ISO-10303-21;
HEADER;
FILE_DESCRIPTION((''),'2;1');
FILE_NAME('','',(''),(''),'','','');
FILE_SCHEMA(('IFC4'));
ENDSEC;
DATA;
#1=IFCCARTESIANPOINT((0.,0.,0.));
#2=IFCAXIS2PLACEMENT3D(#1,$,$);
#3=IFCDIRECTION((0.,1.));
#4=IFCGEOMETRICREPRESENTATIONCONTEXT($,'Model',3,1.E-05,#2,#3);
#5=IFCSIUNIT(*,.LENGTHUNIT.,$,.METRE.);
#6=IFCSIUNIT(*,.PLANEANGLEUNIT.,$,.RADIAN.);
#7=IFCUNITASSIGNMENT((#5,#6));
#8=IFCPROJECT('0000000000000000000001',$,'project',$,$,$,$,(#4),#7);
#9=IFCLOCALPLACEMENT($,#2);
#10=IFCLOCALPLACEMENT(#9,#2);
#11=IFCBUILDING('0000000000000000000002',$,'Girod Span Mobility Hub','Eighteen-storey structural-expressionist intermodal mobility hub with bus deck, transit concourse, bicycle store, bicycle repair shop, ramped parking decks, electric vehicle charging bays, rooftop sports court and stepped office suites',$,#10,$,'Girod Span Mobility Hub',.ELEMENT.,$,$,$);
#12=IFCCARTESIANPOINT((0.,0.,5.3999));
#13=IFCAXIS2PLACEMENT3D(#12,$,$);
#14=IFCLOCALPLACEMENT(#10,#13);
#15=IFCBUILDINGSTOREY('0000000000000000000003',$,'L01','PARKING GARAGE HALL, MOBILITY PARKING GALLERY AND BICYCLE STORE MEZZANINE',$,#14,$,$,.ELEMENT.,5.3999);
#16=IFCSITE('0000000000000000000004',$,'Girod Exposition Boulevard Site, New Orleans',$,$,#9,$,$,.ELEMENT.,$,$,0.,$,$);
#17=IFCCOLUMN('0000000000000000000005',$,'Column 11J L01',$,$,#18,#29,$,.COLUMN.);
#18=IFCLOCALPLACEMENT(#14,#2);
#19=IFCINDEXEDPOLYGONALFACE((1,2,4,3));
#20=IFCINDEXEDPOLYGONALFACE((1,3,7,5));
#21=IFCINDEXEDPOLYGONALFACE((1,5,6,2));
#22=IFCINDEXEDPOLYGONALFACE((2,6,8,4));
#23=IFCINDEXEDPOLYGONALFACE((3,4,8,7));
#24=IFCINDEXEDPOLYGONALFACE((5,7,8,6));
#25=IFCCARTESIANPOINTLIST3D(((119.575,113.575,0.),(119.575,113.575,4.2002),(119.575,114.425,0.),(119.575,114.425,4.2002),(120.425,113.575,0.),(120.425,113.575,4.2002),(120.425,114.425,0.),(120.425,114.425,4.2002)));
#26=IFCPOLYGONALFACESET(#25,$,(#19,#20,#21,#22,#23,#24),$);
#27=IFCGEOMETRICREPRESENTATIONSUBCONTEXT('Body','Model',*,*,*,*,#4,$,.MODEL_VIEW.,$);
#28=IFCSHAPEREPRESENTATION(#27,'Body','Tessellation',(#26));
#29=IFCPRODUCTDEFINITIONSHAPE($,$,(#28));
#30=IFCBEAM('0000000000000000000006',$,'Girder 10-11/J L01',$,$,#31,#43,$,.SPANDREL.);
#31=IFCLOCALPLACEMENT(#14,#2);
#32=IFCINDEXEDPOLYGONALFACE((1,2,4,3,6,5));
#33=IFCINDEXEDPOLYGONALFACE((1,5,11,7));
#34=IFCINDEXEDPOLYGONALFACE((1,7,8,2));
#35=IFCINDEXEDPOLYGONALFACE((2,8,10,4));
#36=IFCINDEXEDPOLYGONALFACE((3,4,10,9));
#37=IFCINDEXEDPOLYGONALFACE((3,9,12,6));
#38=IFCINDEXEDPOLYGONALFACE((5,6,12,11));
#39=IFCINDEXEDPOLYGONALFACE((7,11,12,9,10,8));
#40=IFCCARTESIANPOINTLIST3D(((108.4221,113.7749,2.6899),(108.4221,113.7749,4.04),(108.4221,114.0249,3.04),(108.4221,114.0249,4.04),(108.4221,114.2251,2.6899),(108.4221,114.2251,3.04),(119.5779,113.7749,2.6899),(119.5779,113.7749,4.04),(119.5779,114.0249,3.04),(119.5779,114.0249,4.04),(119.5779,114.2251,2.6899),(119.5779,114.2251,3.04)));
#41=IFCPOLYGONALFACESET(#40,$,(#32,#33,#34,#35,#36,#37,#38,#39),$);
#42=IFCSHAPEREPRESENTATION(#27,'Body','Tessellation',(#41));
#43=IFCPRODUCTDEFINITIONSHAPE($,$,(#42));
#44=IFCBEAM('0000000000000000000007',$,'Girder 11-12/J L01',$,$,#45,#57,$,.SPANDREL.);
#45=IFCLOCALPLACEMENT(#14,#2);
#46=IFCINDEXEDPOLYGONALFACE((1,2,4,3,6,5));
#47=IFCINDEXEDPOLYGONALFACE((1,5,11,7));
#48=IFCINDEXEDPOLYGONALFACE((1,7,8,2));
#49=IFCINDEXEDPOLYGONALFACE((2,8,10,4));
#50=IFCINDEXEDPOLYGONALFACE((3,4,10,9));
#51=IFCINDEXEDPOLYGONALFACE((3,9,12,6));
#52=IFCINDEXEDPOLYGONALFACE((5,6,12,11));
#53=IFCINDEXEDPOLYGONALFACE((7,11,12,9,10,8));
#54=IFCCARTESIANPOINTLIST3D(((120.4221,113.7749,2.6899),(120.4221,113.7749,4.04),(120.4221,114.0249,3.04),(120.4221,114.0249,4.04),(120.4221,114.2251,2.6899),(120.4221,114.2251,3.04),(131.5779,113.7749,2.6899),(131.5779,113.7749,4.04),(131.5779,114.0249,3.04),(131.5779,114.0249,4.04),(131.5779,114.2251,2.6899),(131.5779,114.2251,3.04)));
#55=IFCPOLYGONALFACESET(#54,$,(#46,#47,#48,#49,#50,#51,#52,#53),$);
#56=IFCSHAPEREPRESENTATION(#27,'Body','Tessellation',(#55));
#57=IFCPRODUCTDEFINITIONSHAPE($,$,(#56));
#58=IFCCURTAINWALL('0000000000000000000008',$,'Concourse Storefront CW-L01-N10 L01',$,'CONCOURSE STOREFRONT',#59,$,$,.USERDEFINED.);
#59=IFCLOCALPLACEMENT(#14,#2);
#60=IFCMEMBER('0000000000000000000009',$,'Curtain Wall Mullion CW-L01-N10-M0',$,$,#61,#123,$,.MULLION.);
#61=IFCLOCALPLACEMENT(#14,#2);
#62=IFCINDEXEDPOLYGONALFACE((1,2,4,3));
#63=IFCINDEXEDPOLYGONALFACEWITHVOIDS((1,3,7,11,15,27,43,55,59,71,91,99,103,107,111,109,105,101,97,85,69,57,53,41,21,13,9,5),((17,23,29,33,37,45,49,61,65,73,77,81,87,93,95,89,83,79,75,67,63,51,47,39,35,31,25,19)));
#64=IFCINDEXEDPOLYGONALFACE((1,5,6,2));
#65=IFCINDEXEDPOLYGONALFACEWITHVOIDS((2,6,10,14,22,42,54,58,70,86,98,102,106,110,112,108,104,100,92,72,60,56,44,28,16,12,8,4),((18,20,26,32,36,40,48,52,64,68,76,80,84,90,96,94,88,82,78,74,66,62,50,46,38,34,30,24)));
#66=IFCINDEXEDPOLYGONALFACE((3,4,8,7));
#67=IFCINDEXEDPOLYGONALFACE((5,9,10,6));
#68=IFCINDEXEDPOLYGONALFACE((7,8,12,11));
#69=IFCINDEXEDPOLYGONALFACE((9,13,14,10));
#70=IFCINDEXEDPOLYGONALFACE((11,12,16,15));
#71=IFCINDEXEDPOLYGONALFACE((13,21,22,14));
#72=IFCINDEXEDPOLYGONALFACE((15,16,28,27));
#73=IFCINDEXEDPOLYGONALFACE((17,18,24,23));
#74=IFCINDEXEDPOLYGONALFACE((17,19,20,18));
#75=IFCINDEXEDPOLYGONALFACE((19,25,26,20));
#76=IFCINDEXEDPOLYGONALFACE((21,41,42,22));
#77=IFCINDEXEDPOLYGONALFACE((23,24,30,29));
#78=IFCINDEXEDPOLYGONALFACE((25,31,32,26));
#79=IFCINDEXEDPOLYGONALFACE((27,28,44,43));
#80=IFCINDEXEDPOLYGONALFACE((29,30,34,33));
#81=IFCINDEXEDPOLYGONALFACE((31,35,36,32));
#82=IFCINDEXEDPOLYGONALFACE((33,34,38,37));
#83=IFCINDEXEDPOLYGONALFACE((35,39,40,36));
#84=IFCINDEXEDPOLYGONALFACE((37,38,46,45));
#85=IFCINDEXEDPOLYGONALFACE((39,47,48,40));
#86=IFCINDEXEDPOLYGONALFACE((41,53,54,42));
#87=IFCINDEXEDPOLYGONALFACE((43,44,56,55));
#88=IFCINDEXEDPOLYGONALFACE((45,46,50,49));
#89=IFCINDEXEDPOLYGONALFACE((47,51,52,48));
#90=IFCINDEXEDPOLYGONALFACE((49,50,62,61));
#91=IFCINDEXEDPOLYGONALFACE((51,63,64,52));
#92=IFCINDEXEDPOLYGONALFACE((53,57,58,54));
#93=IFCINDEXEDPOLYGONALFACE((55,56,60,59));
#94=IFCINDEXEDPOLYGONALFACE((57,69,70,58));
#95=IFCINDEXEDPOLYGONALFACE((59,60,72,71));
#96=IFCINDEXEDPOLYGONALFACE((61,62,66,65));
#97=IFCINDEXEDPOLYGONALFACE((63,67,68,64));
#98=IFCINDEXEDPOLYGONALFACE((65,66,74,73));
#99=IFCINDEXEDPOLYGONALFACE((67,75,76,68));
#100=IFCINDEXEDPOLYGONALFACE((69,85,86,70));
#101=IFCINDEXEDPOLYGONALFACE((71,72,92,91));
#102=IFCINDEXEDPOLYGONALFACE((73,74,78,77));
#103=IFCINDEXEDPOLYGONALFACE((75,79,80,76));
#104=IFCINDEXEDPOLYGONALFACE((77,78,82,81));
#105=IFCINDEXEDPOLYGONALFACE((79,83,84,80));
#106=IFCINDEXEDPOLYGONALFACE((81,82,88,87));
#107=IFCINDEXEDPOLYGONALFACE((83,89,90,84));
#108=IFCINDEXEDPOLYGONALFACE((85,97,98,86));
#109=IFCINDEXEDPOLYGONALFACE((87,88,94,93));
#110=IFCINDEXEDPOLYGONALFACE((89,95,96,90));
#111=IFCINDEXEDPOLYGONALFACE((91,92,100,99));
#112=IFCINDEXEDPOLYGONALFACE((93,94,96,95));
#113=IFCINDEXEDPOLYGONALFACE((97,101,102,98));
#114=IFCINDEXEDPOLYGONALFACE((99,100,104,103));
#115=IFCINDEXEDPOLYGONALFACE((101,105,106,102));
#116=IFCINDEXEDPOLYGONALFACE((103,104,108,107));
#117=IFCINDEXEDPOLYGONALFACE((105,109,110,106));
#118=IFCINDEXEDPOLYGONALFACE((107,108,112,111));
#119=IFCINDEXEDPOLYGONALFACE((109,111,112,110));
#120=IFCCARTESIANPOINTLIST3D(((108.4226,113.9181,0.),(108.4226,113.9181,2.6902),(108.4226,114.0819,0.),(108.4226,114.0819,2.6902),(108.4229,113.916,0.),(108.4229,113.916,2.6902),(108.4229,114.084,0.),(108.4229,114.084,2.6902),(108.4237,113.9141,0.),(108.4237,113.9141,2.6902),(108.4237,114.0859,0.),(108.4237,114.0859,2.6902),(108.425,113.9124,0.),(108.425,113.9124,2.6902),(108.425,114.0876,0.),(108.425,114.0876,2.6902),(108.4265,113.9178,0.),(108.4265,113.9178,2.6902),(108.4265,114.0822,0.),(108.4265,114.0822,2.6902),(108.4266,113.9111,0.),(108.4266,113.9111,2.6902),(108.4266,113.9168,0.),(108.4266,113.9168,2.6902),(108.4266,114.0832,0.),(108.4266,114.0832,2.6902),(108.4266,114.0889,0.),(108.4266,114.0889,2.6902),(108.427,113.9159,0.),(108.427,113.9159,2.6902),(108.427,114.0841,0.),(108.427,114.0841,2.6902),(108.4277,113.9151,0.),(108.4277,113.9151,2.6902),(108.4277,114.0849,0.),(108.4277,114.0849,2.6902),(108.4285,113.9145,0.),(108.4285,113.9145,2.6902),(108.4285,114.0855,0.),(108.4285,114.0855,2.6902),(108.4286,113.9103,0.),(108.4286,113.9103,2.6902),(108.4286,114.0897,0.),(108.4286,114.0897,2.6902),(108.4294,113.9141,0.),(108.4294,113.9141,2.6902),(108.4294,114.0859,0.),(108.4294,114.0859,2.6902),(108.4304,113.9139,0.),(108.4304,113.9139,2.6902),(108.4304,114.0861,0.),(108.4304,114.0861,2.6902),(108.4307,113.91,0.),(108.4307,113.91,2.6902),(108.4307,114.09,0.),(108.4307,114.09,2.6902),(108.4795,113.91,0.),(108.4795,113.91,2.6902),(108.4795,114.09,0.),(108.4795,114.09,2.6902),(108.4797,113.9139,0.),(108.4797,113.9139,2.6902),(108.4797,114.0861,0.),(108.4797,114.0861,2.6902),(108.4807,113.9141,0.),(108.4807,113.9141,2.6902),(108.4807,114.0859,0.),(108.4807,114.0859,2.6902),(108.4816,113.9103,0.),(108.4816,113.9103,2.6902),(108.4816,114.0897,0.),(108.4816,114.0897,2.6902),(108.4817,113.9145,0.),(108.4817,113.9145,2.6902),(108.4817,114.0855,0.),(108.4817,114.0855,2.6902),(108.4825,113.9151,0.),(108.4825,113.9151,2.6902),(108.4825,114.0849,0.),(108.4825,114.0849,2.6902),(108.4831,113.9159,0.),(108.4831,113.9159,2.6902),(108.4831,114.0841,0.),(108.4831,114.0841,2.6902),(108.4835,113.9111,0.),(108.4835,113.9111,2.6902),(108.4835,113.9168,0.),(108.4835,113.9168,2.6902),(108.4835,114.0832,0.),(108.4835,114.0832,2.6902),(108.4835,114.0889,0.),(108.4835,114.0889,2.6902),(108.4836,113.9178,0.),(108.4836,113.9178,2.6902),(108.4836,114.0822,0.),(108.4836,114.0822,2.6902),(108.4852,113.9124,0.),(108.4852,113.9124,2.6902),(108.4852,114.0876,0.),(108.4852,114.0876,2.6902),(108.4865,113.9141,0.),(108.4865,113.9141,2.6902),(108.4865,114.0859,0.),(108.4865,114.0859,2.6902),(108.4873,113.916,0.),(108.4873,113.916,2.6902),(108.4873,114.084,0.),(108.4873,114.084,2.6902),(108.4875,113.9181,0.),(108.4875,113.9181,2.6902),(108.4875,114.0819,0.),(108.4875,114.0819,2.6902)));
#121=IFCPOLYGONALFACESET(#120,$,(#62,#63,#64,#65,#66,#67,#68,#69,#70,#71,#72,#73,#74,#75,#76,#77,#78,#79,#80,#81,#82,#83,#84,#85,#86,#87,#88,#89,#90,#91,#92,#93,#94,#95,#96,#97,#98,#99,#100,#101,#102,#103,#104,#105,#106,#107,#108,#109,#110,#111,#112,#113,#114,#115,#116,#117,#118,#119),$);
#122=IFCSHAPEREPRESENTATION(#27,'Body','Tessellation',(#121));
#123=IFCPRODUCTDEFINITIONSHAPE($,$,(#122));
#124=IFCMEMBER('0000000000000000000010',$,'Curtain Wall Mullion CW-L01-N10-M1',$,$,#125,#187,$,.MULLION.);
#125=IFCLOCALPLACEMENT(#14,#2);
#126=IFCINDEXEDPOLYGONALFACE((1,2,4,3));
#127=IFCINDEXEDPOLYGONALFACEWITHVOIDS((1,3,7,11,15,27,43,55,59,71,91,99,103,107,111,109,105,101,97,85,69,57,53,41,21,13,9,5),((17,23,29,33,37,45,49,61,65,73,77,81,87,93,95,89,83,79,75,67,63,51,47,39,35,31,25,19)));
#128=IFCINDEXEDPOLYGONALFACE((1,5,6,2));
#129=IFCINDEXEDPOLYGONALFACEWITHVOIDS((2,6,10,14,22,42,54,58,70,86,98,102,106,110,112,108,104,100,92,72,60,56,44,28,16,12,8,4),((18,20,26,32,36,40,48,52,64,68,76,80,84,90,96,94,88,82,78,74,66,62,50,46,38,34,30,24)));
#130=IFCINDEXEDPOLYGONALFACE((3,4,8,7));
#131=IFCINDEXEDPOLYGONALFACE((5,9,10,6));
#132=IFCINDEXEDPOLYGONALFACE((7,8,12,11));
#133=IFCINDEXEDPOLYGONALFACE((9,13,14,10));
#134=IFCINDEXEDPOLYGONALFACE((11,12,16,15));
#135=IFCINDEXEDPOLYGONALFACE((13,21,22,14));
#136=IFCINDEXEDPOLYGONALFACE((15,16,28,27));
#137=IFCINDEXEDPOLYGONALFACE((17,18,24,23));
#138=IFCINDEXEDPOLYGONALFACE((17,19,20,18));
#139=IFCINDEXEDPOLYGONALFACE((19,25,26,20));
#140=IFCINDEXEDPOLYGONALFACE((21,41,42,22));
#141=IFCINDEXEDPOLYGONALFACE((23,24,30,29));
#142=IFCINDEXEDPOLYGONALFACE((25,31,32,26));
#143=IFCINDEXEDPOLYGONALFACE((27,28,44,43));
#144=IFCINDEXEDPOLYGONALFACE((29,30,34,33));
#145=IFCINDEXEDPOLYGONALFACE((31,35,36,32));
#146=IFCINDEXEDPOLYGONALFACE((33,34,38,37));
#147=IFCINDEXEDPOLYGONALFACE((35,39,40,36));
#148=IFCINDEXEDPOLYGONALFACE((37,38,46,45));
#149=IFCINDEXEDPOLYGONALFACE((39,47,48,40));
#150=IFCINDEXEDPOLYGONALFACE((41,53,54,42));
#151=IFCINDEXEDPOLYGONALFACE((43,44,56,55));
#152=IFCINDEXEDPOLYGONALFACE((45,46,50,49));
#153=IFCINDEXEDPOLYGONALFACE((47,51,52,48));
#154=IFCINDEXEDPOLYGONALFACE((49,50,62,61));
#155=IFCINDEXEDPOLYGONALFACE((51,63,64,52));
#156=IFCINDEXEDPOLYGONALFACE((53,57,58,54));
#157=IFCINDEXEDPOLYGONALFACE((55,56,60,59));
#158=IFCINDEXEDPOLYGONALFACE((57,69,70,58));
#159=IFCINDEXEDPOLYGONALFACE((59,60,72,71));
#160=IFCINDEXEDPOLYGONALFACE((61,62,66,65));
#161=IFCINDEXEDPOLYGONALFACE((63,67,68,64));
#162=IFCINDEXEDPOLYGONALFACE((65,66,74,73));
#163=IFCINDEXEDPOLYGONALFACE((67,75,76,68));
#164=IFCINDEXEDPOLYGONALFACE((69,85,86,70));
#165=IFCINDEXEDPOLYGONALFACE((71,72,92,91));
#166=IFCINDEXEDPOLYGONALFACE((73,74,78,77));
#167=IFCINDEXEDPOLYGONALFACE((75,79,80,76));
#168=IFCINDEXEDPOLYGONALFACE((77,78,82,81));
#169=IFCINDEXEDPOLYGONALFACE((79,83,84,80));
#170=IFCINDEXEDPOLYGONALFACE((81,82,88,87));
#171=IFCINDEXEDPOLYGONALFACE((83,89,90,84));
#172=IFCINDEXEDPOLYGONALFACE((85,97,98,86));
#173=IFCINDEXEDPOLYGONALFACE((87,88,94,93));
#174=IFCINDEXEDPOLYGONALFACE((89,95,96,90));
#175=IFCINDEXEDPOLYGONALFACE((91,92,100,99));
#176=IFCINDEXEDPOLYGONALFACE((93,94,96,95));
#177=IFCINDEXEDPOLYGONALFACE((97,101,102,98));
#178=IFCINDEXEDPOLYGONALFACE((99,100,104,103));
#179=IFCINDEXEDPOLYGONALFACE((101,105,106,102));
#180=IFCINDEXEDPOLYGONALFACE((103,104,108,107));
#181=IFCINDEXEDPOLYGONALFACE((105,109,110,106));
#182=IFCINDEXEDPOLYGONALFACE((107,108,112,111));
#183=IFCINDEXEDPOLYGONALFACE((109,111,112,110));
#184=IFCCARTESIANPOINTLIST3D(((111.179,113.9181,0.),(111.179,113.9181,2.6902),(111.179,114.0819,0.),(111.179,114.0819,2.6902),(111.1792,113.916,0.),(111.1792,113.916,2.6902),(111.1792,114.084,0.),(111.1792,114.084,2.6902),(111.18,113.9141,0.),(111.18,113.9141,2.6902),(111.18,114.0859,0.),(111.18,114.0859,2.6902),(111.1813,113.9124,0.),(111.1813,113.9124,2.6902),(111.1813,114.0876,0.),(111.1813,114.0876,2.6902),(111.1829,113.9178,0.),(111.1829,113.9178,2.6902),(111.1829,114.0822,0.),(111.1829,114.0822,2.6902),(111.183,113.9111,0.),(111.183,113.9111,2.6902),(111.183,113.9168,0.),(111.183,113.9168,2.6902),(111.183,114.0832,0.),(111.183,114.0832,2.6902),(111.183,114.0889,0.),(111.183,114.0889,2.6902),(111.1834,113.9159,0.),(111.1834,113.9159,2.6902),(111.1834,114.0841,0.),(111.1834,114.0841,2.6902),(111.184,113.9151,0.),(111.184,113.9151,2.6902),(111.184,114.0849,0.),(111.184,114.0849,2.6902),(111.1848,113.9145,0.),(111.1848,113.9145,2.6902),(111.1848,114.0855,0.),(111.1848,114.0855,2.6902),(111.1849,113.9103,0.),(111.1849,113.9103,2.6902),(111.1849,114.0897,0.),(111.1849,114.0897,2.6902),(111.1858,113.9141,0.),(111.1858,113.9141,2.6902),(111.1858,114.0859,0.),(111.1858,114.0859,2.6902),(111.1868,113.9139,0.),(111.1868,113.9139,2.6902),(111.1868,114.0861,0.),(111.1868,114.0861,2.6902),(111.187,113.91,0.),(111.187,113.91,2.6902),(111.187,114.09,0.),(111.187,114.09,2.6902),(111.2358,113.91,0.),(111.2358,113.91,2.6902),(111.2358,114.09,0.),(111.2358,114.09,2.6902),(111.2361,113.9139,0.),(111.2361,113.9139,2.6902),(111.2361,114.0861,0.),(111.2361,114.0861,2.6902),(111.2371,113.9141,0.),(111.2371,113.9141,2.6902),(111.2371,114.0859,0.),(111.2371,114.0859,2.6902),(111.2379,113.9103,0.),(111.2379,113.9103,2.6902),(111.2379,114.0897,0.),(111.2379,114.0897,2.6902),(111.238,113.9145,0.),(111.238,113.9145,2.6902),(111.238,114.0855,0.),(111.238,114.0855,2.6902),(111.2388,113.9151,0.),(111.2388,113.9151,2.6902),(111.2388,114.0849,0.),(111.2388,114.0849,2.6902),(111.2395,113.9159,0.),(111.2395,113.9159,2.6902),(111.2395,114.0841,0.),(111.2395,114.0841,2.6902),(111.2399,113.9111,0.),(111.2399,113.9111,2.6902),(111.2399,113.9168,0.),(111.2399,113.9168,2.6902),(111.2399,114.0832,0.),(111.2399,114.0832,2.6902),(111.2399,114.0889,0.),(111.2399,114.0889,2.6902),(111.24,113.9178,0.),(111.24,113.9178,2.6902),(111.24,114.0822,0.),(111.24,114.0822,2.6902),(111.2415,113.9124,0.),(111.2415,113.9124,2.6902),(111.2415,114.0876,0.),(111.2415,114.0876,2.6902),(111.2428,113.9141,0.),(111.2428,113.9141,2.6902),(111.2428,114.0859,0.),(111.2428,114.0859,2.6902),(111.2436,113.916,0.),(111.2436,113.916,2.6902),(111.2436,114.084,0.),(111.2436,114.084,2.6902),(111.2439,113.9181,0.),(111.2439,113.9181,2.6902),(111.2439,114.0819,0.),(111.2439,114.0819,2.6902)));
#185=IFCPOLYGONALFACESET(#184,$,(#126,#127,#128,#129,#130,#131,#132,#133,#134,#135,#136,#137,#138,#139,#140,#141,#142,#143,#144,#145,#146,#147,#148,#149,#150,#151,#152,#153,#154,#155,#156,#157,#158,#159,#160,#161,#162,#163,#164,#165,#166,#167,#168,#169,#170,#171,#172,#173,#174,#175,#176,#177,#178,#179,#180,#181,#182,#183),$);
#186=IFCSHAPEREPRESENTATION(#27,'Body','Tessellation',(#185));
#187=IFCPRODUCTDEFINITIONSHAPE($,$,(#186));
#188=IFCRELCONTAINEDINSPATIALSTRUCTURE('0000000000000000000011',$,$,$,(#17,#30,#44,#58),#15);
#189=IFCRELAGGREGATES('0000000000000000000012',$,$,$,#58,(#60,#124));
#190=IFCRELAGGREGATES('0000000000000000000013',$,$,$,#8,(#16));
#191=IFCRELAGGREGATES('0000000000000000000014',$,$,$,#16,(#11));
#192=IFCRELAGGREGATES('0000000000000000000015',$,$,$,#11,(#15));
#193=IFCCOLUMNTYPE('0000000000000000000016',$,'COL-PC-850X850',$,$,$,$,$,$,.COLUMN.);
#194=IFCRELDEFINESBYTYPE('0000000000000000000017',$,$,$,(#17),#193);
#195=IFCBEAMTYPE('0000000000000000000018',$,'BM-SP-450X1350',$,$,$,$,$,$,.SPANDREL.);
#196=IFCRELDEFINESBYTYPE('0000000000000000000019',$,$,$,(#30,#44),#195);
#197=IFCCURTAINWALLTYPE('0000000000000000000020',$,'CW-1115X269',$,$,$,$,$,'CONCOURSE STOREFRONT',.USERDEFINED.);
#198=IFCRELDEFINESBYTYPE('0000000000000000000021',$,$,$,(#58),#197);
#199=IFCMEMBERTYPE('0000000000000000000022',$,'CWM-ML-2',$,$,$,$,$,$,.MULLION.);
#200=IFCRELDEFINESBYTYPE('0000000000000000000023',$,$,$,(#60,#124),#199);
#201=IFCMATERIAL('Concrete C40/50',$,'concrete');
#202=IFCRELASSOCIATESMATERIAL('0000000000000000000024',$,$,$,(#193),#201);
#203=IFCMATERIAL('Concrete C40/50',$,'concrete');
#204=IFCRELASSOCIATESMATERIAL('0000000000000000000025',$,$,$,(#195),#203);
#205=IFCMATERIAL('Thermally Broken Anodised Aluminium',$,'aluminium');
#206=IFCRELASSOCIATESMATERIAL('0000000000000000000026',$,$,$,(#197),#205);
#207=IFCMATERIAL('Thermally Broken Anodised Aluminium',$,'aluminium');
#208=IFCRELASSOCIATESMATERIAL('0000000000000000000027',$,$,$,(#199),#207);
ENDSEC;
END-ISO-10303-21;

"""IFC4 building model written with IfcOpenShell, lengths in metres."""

from ifc_helpers import new_model, si_unit, direction, frame, origin, origin_2d, place, context, subcontext, project, spatial, polyline, rectangle, hollow_rectangle, outline, extrude, material, material_profile, profile_set, type_object, element, aggregate, save


model = new_model("IFC4")

# Units and contexts
model_context = context("Model", 3, precision=1e-05, world=origin(), true_north=direction((0.0, 1.0)))
body_context = subcontext(model_context, "Body", "Model", "MODEL_VIEW")
ifc_project = project(units=[si_unit("LENGTHUNIT", "METRE"), si_unit("PLANEANGLEUNIT", "RADIAN")], contexts=[model_context])

# Site, building, storey
site_placement = place(None, origin())
site = spatial("IfcSite", under=ifc_project, at=site_placement, Name="Girod Exposition Boulevard Site, New Orleans", CompositionType="ELEMENT", RefElevation=0.0)
building_placement = place(site_placement, origin())
building = spatial("IfcBuilding", under=site, at=building_placement, Name="Girod Span Mobility Hub", Description="Eighteen-storey structural-expressionist intermodal mobility hub with bus deck, transit concourse, bicycle store, bicycle repair shop, ramped parking decks, electric vehicle charging bays, rooftop sports court and stepped office suites", LongName="Girod Span Mobility Hub", CompositionType="ELEMENT")
storey_placement = place(building_placement, frame((0.0, 0.0, 5.3999)))
storey = spatial("IfcBuildingStorey", under=building, at=storey_placement, Name="L01", Description="PARKING GARAGE HALL, MOBILITY PARKING GALLERY AND BICYCLE STORE MEZZANINE", CompositionType="ELEMENT", Elevation=5.3999)

# Column
ifc_material_1 = material(Name="Concrete C40/50", Category="concrete")
ifc_material_profile_1 = material_profile(ifc_material_1, rectangle(XDim=0.8501, YDim=0.8501, at=origin_2d()), Name="PC-COL-850X850")
ifc_profile_set_1 = profile_set([ifc_material_profile_1], Name="Concrete C40/50")
column_type = type_object("IfcColumnType", Name="COL-PC-850X850", PredefinedType="COLUMN", material=ifc_profile_set_1)
column_placement = place(storey_placement, frame((120.0, 114.0, 0.0), z_axis=(0.0, 0.0, 1.0), x_axis=(1.0, 0.0, 0.0)))
element("IfcColumn", 1, at=column_placement, inside=storey, type_object=column_type, Name="Column 11J L01", PredefinedType="COLUMN", context=body_context, shape_type="SweptSolid", body=[
    extrude(rectangle(XDim=0.8501, YDim=0.8501, at=origin_2d()), origin(), (0.0, 0.0, 1.0), 4.2002),
])

# Beams
ifc_material_2 = material(Name="Concrete C40/50", Category="concrete")
ifc_material_profile_2 = material_profile(ifc_material_2, outline(polyline([(-0.2251, -0.675), (0.2251, -0.675), (0.2251, -0.325), (0.0249, -0.325), (0.0249, 0.675), (-0.2251, 0.675), (-0.2251, -0.675)])), Name="SP-450X1350")
ifc_profile_set_2 = profile_set([ifc_material_profile_2], Name="Concrete C40/50")
beam_type = type_object("IfcBeamType", Name="BM-SP-450X1350", PredefinedType="SPANDREL", material=ifc_profile_set_2)
for number, where, z_axis, x_axis, name in (
    (2, (108.4221, 114.0, 3.365), (1.0, 0.0, 0.0), (0.0, 1.0, 0.0), "Girder 10-11/J L01"),
    (3, (120.4221, 114.0, 3.365), (1.0, 0.0, 0.0), (0.0, 1.0, 0.0), "Girder 11-12/J L01"),
):
    element("IfcBeam", number, at=place(storey_placement, frame(where, z_axis=z_axis, x_axis=x_axis)), inside=storey, type_object=beam_type, Name=name, PredefinedType="SPANDREL", context=body_context, shape_type="SweptSolid", body=[
        extrude(outline(polyline([(-0.2251, -0.675), (0.2251, -0.675), (0.2251, -0.325), (0.0249, -0.325), (0.0249, 0.675), (-0.2251, 0.675), (-0.2251, -0.675)])), origin(), (0.0, 0.0, 1.0), 11.1558),
    ])

# Curtain wall, members
ifc_material_3 = material(Name="Thermally Broken Anodised Aluminium", Category="aluminium")
curtain_wall_type = type_object("IfcCurtainWallType", Name="CW-1115X269", ElementType="CONCOURSE STOREFRONT", PredefinedType="USERDEFINED", material=ifc_material_3)
curtain_wall_placement = place(storey_placement, origin())
curtain_wall = element("IfcCurtainWall", 4, at=curtain_wall_placement, inside=storey, type_object=curtain_wall_type, Name="Concourse Storefront CW-L01-N10 L01", ObjectType="CONCOURSE STOREFRONT", PredefinedType="USERDEFINED")
ifc_material_4 = material(Name="Thermally Broken Anodised Aluminium", Category="aluminium")
ifc_material_profile_3 = material_profile(ifc_material_4, hollow_rectangle(XDim=0.1799, YDim=0.0649, WallThickness=0.0039, InnerFilletRadius=0.0039, OuterFilletRadius=0.0081, at=origin_2d()), Name="CW-ML-65X180")
ifc_profile_set_3 = profile_set([ifc_material_profile_3], Name="Thermally Broken Anodised Aluminium")
member_type_1 = type_object("IfcMemberType", Name="CWM-ML-2", PredefinedType="MULLION", material=ifc_profile_set_3)
member_1_placement = place(storey_placement, frame((108.4551, 114.0, 0.0), z_axis=(0.0, 0.0, 1.0), x_axis=(0.0, 1.0, 0.0)))
member_1 = element("IfcMember", 5, at=member_1_placement, type_object=member_type_1, Name="Curtain Wall Mullion CW-L01-N10-M0", PredefinedType="MULLION", context=body_context, shape_type="SweptSolid", body=[
    extrude(hollow_rectangle(XDim=0.1799, YDim=0.0649, WallThickness=0.0039, InnerFilletRadius=0.0039, OuterFilletRadius=0.0081, at=origin_2d()), origin(), (0.0, 0.0, 1.0), 2.6902),
])
member_2_placement = place(storey_placement, frame((111.2114, 114.0, 0.0), z_axis=(0.0, 0.0, 1.0), x_axis=(0.0, 1.0, 0.0)))
member_2 = element("IfcMember", 6, at=member_2_placement, type_object=member_type_1, Name="Curtain Wall Mullion CW-L01-N10-M1", PredefinedType="MULLION", context=body_context, shape_type="SweptSolid", body=[
    extrude(hollow_rectangle(XDim=0.1799, YDim=0.0649, WallThickness=0.0039, InnerFilletRadius=0.0039, OuterFilletRadius=0.0081, at=origin_2d()), origin(), (0.0, 0.0, 1.0), 2.6902),
])

aggregate(curtain_wall, [member_1, member_2])

save(model, "model.ifc")
